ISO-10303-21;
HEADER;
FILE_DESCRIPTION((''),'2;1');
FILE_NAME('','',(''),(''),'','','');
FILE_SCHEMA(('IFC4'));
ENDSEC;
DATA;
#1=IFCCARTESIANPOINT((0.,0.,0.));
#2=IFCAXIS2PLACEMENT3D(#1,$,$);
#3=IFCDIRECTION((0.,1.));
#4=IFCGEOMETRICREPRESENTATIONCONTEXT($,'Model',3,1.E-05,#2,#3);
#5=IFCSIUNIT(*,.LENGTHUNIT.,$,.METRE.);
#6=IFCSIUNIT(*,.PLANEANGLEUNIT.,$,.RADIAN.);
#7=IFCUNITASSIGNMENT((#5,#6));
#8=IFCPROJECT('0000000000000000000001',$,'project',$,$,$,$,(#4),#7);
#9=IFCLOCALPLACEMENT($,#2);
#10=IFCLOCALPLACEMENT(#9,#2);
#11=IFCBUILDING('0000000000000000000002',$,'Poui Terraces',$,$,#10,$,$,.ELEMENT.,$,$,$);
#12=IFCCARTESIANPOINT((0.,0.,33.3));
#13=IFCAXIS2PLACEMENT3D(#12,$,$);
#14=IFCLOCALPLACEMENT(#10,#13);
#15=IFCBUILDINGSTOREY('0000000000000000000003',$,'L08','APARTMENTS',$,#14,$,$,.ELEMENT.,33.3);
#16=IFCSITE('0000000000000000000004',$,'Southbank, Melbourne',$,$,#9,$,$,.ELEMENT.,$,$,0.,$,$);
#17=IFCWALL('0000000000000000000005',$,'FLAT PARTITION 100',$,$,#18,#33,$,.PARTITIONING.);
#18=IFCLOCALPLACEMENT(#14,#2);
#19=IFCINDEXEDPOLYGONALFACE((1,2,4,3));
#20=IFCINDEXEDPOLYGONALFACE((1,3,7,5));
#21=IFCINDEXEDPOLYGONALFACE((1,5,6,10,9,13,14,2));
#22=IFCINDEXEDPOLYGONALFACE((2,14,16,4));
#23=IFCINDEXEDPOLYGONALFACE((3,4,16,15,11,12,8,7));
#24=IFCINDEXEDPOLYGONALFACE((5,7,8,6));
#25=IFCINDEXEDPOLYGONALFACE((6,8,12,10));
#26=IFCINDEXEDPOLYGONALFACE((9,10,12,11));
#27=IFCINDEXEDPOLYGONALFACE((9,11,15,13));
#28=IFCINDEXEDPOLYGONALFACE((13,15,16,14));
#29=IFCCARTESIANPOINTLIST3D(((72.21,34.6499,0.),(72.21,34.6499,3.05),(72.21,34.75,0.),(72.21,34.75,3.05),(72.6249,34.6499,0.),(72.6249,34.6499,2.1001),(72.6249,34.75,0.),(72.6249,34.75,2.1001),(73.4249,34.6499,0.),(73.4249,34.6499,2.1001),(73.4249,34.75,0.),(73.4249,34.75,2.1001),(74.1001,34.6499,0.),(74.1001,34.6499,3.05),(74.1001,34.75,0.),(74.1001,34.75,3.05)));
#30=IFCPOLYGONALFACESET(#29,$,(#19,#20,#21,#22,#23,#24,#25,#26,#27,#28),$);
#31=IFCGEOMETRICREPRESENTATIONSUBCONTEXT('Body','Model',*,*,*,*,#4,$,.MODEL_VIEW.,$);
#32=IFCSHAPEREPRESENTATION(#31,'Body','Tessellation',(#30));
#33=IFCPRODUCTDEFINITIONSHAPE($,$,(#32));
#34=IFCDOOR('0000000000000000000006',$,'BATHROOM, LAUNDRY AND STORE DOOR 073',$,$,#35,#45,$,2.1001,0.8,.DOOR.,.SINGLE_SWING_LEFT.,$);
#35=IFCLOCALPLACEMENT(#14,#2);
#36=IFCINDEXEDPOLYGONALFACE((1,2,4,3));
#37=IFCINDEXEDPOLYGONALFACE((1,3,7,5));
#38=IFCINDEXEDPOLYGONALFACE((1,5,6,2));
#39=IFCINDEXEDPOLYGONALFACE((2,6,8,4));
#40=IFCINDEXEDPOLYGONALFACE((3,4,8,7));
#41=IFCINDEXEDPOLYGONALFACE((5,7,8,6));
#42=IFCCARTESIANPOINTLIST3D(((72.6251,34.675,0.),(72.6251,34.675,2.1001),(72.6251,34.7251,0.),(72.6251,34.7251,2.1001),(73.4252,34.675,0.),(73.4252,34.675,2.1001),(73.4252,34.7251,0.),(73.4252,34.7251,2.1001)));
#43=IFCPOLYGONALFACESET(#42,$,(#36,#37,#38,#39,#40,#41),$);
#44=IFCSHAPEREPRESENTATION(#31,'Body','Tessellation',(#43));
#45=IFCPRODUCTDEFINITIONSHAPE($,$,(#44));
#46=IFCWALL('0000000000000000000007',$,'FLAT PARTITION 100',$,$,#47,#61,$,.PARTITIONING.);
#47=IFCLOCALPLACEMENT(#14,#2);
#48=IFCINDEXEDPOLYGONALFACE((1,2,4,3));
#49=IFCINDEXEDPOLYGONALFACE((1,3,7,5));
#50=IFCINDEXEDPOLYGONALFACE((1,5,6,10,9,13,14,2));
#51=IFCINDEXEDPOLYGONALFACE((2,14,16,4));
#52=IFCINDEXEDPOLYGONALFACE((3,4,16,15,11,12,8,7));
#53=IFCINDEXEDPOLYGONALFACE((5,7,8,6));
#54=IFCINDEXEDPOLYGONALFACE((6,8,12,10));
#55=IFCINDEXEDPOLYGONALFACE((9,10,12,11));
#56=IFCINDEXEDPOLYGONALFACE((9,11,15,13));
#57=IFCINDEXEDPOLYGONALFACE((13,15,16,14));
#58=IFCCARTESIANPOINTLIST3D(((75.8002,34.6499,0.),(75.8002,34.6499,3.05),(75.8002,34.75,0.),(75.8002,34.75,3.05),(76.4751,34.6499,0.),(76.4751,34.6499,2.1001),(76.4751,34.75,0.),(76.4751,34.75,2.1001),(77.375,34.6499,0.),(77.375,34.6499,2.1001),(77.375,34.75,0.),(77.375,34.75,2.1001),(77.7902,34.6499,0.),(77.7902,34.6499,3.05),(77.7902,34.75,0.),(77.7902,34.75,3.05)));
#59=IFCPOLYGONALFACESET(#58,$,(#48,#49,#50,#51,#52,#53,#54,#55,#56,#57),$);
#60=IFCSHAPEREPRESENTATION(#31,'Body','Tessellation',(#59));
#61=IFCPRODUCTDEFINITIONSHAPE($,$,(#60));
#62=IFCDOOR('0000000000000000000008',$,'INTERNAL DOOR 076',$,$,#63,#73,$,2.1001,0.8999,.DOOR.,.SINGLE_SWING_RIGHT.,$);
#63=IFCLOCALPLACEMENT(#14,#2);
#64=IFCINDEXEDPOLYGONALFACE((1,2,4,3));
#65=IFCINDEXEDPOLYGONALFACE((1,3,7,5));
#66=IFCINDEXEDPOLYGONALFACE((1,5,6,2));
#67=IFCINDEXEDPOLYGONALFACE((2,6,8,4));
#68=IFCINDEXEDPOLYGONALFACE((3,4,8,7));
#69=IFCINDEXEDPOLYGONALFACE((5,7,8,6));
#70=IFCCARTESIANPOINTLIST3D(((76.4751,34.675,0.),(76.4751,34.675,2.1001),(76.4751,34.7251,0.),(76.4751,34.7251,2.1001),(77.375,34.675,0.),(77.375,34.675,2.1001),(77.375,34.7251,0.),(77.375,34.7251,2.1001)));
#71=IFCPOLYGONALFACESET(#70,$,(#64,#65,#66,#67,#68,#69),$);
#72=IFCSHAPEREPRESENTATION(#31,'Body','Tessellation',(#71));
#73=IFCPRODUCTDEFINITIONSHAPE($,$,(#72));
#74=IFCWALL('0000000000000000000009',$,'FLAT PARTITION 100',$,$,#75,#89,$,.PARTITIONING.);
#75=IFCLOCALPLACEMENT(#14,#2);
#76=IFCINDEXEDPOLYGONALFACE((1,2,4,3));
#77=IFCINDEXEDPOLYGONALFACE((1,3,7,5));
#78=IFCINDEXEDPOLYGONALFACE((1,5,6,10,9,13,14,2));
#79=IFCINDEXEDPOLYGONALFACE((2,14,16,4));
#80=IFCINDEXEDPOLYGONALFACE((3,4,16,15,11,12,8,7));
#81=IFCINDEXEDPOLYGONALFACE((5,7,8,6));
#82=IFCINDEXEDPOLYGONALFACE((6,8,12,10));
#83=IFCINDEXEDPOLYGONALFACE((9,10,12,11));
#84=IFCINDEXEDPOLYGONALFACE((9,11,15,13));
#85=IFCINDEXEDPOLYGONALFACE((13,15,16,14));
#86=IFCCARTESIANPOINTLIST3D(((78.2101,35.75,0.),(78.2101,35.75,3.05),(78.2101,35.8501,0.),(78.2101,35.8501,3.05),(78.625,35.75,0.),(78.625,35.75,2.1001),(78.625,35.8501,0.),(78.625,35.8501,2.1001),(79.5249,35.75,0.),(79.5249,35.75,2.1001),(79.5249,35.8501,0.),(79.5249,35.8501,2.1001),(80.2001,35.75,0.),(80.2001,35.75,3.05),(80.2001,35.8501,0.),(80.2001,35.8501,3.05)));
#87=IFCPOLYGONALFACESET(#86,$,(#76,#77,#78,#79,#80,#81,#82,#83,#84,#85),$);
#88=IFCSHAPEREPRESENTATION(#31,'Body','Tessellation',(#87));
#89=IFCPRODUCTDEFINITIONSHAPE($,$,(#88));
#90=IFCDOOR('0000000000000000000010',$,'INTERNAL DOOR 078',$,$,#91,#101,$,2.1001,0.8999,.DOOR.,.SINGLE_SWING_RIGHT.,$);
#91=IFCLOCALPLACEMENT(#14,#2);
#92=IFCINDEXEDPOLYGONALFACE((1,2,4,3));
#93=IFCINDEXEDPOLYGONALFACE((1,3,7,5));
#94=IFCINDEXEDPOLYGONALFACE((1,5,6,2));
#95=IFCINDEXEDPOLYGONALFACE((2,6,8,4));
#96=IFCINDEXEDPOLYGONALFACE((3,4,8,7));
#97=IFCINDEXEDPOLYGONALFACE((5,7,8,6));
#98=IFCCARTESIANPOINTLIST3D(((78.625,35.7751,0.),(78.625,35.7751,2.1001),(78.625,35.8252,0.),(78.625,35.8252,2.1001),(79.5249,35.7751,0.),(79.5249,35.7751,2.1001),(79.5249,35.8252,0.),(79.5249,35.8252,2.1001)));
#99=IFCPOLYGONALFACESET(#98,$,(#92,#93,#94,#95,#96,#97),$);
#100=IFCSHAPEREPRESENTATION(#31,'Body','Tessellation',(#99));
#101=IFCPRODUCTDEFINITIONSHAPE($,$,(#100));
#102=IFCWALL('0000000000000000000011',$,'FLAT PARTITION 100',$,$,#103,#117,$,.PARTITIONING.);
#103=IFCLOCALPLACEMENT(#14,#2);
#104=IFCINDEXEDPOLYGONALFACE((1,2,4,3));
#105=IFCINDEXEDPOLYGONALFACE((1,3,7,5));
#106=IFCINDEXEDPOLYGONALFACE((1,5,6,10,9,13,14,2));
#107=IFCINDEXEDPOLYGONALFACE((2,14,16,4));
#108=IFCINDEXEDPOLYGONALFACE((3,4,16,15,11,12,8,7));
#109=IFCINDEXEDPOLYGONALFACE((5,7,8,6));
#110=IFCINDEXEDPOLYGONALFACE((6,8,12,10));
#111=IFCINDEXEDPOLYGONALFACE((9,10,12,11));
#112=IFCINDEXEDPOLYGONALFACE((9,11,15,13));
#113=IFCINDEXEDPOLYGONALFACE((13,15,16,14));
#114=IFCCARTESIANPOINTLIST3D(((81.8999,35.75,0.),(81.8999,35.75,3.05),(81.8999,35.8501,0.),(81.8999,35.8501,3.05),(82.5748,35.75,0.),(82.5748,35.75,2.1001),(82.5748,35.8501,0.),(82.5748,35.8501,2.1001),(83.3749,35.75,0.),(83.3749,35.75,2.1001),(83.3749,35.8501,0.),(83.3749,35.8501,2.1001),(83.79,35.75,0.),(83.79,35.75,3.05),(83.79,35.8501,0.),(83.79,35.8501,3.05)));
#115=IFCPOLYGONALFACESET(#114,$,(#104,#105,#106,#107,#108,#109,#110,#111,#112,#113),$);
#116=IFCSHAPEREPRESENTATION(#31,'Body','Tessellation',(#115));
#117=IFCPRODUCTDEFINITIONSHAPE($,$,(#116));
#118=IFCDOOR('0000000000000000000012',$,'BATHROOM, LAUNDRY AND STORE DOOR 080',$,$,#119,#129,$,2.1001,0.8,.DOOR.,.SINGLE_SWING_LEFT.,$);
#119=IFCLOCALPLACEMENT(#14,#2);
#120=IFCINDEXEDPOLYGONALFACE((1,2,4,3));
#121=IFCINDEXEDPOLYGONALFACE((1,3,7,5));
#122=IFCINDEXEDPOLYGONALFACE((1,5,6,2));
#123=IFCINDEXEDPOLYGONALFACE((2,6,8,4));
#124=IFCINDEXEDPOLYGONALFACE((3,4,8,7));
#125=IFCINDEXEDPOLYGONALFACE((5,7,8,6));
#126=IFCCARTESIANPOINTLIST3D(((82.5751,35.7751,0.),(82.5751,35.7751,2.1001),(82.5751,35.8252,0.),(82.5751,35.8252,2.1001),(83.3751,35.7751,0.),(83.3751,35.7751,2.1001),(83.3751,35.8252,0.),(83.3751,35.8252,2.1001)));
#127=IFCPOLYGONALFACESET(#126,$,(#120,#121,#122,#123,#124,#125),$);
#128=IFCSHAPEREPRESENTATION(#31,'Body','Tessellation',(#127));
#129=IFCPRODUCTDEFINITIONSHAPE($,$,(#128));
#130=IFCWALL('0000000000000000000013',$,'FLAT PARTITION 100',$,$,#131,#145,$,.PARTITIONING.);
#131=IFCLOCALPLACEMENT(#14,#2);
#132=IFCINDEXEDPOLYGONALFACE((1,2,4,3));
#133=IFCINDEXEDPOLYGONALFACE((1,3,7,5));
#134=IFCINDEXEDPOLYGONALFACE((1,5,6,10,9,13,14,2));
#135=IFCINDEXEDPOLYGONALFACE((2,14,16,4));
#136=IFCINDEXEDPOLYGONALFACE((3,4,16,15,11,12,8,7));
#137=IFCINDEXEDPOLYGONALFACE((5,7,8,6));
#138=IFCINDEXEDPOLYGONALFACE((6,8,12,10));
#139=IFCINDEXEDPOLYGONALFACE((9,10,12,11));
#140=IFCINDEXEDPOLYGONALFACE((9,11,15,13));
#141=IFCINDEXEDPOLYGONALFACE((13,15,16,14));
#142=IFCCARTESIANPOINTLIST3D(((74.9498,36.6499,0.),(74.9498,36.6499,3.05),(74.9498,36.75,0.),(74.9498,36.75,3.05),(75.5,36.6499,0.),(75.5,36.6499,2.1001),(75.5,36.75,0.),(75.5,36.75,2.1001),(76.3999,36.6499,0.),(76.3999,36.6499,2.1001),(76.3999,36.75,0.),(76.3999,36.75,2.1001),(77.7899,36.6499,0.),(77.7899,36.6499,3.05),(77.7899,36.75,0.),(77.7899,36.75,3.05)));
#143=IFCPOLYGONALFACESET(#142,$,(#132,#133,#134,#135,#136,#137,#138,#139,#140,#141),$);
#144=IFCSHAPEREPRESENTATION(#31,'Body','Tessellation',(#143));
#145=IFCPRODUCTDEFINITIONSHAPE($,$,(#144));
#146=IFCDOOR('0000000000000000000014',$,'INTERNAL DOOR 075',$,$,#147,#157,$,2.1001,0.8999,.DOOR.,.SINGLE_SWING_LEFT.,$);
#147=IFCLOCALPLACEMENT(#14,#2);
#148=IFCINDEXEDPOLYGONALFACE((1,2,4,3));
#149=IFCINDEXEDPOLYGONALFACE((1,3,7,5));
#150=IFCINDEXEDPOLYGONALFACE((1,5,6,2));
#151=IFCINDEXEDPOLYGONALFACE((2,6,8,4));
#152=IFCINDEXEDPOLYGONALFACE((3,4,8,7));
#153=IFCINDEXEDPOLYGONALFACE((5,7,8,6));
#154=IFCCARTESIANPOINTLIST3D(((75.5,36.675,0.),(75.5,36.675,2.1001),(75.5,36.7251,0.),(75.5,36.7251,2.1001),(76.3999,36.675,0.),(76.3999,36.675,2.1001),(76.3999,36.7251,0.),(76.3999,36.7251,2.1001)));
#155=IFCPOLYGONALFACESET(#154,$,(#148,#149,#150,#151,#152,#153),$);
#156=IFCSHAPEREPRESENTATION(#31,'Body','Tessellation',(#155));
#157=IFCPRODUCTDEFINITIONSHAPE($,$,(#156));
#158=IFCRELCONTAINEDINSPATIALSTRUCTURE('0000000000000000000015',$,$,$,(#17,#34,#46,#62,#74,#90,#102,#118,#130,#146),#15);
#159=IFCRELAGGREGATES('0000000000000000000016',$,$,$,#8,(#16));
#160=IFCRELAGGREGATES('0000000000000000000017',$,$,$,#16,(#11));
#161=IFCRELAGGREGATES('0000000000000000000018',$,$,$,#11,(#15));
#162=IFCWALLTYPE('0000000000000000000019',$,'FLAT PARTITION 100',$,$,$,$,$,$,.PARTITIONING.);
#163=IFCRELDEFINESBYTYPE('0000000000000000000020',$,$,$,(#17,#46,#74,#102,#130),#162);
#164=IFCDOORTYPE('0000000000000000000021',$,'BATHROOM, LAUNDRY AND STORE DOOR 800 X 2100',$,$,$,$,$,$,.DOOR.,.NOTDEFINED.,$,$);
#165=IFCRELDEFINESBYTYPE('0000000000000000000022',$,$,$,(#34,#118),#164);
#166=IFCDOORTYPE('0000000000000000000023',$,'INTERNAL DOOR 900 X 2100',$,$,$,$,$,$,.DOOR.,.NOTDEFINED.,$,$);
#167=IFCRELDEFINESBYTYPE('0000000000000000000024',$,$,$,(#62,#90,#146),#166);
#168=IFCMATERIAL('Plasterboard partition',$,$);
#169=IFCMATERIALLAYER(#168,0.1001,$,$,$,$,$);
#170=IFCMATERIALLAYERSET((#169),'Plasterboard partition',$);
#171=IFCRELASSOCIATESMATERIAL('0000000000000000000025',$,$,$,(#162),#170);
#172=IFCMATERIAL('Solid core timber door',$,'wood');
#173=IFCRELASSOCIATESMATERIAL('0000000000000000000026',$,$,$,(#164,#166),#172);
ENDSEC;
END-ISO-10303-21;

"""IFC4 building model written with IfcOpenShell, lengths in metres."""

from ifc_helpers import new_model, si_unit, direction, frame, frame_2d, origin, place, context, subcontext, project, spatial, rectangle, extrude, material, layer, layer_set, type_object, element, fill, save


model = new_model("IFC4")

# Units and contexts
model_context = context("Model", 3, precision=1e-05, world=origin(), true_north=direction((0.0, 1.0)))
body_context = subcontext(model_context, "Body", "Model", "MODEL_VIEW")
ifc_project = project(units=[si_unit("LENGTHUNIT", "METRE"), si_unit("PLANEANGLEUNIT", "RADIAN")], contexts=[model_context])

# Site, building, storey
site_placement = place(None, origin())
site = spatial("IfcSite", under=ifc_project, at=site_placement, Name="Southbank, Melbourne", CompositionType="ELEMENT", RefElevation=0.0)
building_placement = place(site_placement, origin())
building = spatial("IfcBuilding", under=site, at=building_placement, Name="Poui Terraces", CompositionType="ELEMENT")
storey_placement = place(building_placement, frame((0.0, 0.0, 33.3)))
storey = spatial("IfcBuildingStorey", under=building, at=storey_placement, Name="L08", Description="APARTMENTS", CompositionType="ELEMENT", Elevation=33.3)

# Walls, openings, doors
ifc_material_1 = material(Name="Plasterboard partition")
ifc_layer_1 = layer(ifc_material_1, 0.1001)
ifc_layer_set_1 = layer_set([ifc_layer_1], Name="Plasterboard partition")
wall_type_1 = type_object("IfcWallType", Name="FLAT PARTITION 100", PredefinedType="PARTITIONING", material=ifc_layer_set_1)
wall_1_placement = place(storey_placement, frame((72.21, 34.7, 0.0), z_axis=(0.0, 0.0, 1.0), x_axis=(1.0, 0.0, 0.0)))
wall_1 = element("IfcWall", 1, at=wall_1_placement, inside=storey, type_object=wall_type_1, Name="FLAT PARTITION 100", PredefinedType="PARTITIONING", context=body_context, shape_type="SweptSolid", body=[
    extrude(rectangle(XDim=1.8901, YDim=0.1001, at=frame_2d((0.9451, 0.0))), origin(), (0.0, 0.0, 1.0), 3.05),
])
opening_1_placement = place(wall_1_placement, frame((0.415, 0.0, 0.0)))
opening_1 = element("IfcOpeningElement", 2, at=opening_1_placement, cuts=wall_1, PredefinedType="OPENING", context=body_context, shape_type="SweptSolid", body=[
    extrude(rectangle(XDim=0.8, YDim=2.1001, at=frame_2d((0.3999, 1.05))), frame((0.0, 0.0601, 0.0), z_axis=(0.0, -1.0, 0.0), x_axis=(1.0, 0.0, 0.0)), (0.0, 0.0, 1.0), 0.1201),
])
ifc_material_2 = material(Name="Solid core timber door", Category="wood")
door_type_1 = type_object("IfcDoorType", Name="BATHROOM, LAUNDRY AND STORE DOOR 800 X 2100", OperationType="NOTDEFINED", PredefinedType="DOOR", material=ifc_material_2)
door_1_placement = place(opening_1_placement, frame((0.8, 0.0, 0.0), z_axis=(0.0, 0.0, 1.0), x_axis=(-1.0, 0.0, 0.0)))
door_1 = element("IfcDoor", 3, at=door_1_placement, inside=storey, type_object=door_type_1, Name="BATHROOM, LAUNDRY AND STORE DOOR 073", OperationType="SINGLE_SWING_LEFT", OverallHeight=2.1001, OverallWidth=0.8, PredefinedType="DOOR", context=body_context, shape_type="SweptSolid", body=[
    extrude(rectangle(XDim=0.8, YDim=2.1001, at=frame_2d((0.3999, 1.05))), frame((0.0, 0.0249, 0.0), z_axis=(0.0, -1.0, 0.0), x_axis=(1.0, 0.0, 0.0)), (0.0, 0.0, 1.0), 0.05),
])
fill(opening_1, door_1)
wall_2_placement = place(storey_placement, frame((75.8, 34.7, 0.0), z_axis=(0.0, 0.0, 1.0), x_axis=(1.0, 0.0, 0.0)))
wall_2 = element("IfcWall", 4, at=wall_2_placement, inside=storey, type_object=wall_type_1, Name="FLAT PARTITION 100", PredefinedType="PARTITIONING", context=body_context, shape_type="SweptSolid", body=[
    extrude(rectangle(XDim=1.99, YDim=0.1001, at=frame_2d((0.9951, 0.0))), origin(), (0.0, 0.0, 1.0), 3.05),
])
opening_2_placement = place(wall_2_placement, frame((0.675, 0.0, 0.0)))
opening_2 = element("IfcOpeningElement", 5, at=opening_2_placement, cuts=wall_2, PredefinedType="OPENING", context=body_context, shape_type="SweptSolid", body=[
    extrude(rectangle(XDim=0.8999, YDim=2.1001, at=frame_2d((0.45, 1.05))), frame((0.0, 0.0601, 0.0), z_axis=(0.0, -1.0, 0.0), x_axis=(1.0, 0.0, 0.0)), (0.0, 0.0, 1.0), 0.1201),
])
door_type_2 = type_object("IfcDoorType", Name="INTERNAL DOOR 900 X 2100", OperationType="NOTDEFINED", PredefinedType="DOOR", material=ifc_material_2)
door_2_placement = place(opening_2_placement, frame((0.8999, 0.0, 0.0), z_axis=(0.0, 0.0, 1.0), x_axis=(-1.0, 0.0, 0.0)))
door_2 = element("IfcDoor", 6, at=door_2_placement, inside=storey, type_object=door_type_2, Name="INTERNAL DOOR 076", OperationType="SINGLE_SWING_RIGHT", OverallHeight=2.1001, OverallWidth=0.8999, PredefinedType="DOOR", context=body_context, shape_type="SweptSolid", body=[
    extrude(rectangle(XDim=0.8999, YDim=2.1001, at=frame_2d((0.45, 1.05))), frame((0.0, 0.0249, 0.0), z_axis=(0.0, -1.0, 0.0), x_axis=(1.0, 0.0, 0.0)), (0.0, 0.0, 1.0), 0.05),
])
fill(opening_2, door_2)
wall_3_placement = place(storey_placement, frame((78.21, 35.8, 0.0), z_axis=(0.0, 0.0, 1.0), x_axis=(1.0, 0.0, 0.0)))
wall_3 = element("IfcWall", 7, at=wall_3_placement, inside=storey, type_object=wall_type_1, Name="FLAT PARTITION 100", PredefinedType="PARTITIONING", context=body_context, shape_type="SweptSolid", body=[
    extrude(rectangle(XDim=1.99, YDim=0.1001, at=frame_2d((0.9951, 0.0))), origin(), (0.0, 0.0, 1.0), 3.05),
])
opening_3_placement = place(wall_3_placement, frame((0.415, 0.0, 0.0)))
opening_3 = element("IfcOpeningElement", 8, at=opening_3_placement, cuts=wall_3, PredefinedType="OPENING", context=body_context, shape_type="SweptSolid", body=[
    extrude(rectangle(XDim=0.8999, YDim=2.1001, at=frame_2d((0.45, 1.05))), frame((0.0, 0.0601, 0.0), z_axis=(0.0, -1.0, 0.0), x_axis=(1.0, 0.0, 0.0)), (0.0, 0.0, 1.0), 0.1201),
])
door_3_placement = place(opening_3_placement, frame((0.8999, 0.0, 0.0), z_axis=(0.0, 0.0, 1.0), x_axis=(-1.0, 0.0, 0.0)))
door_3 = element("IfcDoor", 9, at=door_3_placement, inside=storey, type_object=door_type_2, Name="INTERNAL DOOR 078", OperationType="SINGLE_SWING_RIGHT", OverallHeight=2.1001, OverallWidth=0.8999, PredefinedType="DOOR", context=body_context, shape_type="SweptSolid", body=[
    extrude(rectangle(XDim=0.8999, YDim=2.1001, at=frame_2d((0.45, 1.05))), frame((0.0, 0.0249, 0.0), z_axis=(0.0, -1.0, 0.0), x_axis=(1.0, 0.0, 0.0)), (0.0, 0.0, 1.0), 0.05),
])
fill(opening_3, door_3)
wall_4_placement = place(storey_placement, frame((81.8999, 35.8, 0.0), z_axis=(0.0, 0.0, 1.0), x_axis=(1.0, 0.0, 0.0)))
wall_4 = element("IfcWall", 10, at=wall_4_placement, inside=storey, type_object=wall_type_1, Name="FLAT PARTITION 100", PredefinedType="PARTITIONING", context=body_context, shape_type="SweptSolid", body=[
    extrude(rectangle(XDim=1.8901, YDim=0.1001, at=frame_2d((0.9451, 0.0))), origin(), (0.0, 0.0, 1.0), 3.05),
])
opening_4_placement = place(wall_4_placement, frame((0.675, 0.0, 0.0)))
opening_4 = element("IfcOpeningElement", 11, at=opening_4_placement, cuts=wall_4, PredefinedType="OPENING", context=body_context, shape_type="SweptSolid", body=[
    extrude(rectangle(XDim=0.8, YDim=2.1001, at=frame_2d((0.3999, 1.05))), frame((0.0, 0.0601, 0.0), z_axis=(0.0, -1.0, 0.0), x_axis=(1.0, 0.0, 0.0)), (0.0, 0.0, 1.0), 0.1201),
])
door_4_placement = place(opening_4_placement, frame((0.8, 0.0, 0.0), z_axis=(0.0, 0.0, 1.0), x_axis=(-1.0, 0.0, 0.0)))
door_4 = element("IfcDoor", 12, at=door_4_placement, inside=storey, type_object=door_type_1, Name="BATHROOM, LAUNDRY AND STORE DOOR 080", OperationType="SINGLE_SWING_LEFT", OverallHeight=2.1001, OverallWidth=0.8, PredefinedType="DOOR", context=body_context, shape_type="SweptSolid", body=[
    extrude(rectangle(XDim=0.8, YDim=2.1001, at=frame_2d((0.3999, 1.05))), frame((0.0, 0.0249, 0.0), z_axis=(0.0, -1.0, 0.0), x_axis=(1.0, 0.0, 0.0)), (0.0, 0.0, 1.0), 0.05),
])
fill(opening_4, door_4)
wall_5_placement = place(storey_placement, frame((74.95, 36.7, 0.0), z_axis=(0.0, 0.0, 1.0), x_axis=(1.0, 0.0, 0.0)))
wall_5 = element("IfcWall", 13, at=wall_5_placement, inside=storey, type_object=wall_type_1, Name="FLAT PARTITION 100", PredefinedType="PARTITIONING", context=body_context, shape_type="SweptSolid", body=[
    extrude(rectangle(XDim=2.8401, YDim=0.1001, at=frame_2d((1.4199, 0.0))), origin(), (0.0, 0.0, 1.0), 3.05),
])
opening_5_placement = place(wall_5_placement, frame((0.55, 0.0, 0.0)))
opening_5 = element("IfcOpeningElement", 14, at=opening_5_placement, cuts=wall_5, PredefinedType="OPENING", context=body_context, shape_type="SweptSolid", body=[
    extrude(rectangle(XDim=0.8999, YDim=2.1001, at=frame_2d((0.45, 1.05))), frame((0.0, 0.0601, 0.0), z_axis=(0.0, -1.0, 0.0), x_axis=(1.0, 0.0, 0.0)), (0.0, 0.0, 1.0), 0.1201),
])
door_5_placement = place(opening_5_placement, frame((0.8999, 0.0, 0.0), z_axis=(0.0, 0.0, 1.0), x_axis=(-1.0, 0.0, 0.0)))
door_5 = element("IfcDoor", 15, at=door_5_placement, inside=storey, type_object=door_type_2, Name="INTERNAL DOOR 075", OperationType="SINGLE_SWING_LEFT", OverallHeight=2.1001, OverallWidth=0.8999, PredefinedType="DOOR", context=body_context, shape_type="SweptSolid", body=[
    extrude(rectangle(XDim=0.8999, YDim=2.1001, at=frame_2d((0.45, 1.05))), frame((0.0, 0.0249, 0.0), z_axis=(0.0, -1.0, 0.0), x_axis=(1.0, 0.0, 0.0)), (0.0, 0.0, 1.0), 0.05),
])
fill(opening_5, door_5)

save(model, "model.ifc")
